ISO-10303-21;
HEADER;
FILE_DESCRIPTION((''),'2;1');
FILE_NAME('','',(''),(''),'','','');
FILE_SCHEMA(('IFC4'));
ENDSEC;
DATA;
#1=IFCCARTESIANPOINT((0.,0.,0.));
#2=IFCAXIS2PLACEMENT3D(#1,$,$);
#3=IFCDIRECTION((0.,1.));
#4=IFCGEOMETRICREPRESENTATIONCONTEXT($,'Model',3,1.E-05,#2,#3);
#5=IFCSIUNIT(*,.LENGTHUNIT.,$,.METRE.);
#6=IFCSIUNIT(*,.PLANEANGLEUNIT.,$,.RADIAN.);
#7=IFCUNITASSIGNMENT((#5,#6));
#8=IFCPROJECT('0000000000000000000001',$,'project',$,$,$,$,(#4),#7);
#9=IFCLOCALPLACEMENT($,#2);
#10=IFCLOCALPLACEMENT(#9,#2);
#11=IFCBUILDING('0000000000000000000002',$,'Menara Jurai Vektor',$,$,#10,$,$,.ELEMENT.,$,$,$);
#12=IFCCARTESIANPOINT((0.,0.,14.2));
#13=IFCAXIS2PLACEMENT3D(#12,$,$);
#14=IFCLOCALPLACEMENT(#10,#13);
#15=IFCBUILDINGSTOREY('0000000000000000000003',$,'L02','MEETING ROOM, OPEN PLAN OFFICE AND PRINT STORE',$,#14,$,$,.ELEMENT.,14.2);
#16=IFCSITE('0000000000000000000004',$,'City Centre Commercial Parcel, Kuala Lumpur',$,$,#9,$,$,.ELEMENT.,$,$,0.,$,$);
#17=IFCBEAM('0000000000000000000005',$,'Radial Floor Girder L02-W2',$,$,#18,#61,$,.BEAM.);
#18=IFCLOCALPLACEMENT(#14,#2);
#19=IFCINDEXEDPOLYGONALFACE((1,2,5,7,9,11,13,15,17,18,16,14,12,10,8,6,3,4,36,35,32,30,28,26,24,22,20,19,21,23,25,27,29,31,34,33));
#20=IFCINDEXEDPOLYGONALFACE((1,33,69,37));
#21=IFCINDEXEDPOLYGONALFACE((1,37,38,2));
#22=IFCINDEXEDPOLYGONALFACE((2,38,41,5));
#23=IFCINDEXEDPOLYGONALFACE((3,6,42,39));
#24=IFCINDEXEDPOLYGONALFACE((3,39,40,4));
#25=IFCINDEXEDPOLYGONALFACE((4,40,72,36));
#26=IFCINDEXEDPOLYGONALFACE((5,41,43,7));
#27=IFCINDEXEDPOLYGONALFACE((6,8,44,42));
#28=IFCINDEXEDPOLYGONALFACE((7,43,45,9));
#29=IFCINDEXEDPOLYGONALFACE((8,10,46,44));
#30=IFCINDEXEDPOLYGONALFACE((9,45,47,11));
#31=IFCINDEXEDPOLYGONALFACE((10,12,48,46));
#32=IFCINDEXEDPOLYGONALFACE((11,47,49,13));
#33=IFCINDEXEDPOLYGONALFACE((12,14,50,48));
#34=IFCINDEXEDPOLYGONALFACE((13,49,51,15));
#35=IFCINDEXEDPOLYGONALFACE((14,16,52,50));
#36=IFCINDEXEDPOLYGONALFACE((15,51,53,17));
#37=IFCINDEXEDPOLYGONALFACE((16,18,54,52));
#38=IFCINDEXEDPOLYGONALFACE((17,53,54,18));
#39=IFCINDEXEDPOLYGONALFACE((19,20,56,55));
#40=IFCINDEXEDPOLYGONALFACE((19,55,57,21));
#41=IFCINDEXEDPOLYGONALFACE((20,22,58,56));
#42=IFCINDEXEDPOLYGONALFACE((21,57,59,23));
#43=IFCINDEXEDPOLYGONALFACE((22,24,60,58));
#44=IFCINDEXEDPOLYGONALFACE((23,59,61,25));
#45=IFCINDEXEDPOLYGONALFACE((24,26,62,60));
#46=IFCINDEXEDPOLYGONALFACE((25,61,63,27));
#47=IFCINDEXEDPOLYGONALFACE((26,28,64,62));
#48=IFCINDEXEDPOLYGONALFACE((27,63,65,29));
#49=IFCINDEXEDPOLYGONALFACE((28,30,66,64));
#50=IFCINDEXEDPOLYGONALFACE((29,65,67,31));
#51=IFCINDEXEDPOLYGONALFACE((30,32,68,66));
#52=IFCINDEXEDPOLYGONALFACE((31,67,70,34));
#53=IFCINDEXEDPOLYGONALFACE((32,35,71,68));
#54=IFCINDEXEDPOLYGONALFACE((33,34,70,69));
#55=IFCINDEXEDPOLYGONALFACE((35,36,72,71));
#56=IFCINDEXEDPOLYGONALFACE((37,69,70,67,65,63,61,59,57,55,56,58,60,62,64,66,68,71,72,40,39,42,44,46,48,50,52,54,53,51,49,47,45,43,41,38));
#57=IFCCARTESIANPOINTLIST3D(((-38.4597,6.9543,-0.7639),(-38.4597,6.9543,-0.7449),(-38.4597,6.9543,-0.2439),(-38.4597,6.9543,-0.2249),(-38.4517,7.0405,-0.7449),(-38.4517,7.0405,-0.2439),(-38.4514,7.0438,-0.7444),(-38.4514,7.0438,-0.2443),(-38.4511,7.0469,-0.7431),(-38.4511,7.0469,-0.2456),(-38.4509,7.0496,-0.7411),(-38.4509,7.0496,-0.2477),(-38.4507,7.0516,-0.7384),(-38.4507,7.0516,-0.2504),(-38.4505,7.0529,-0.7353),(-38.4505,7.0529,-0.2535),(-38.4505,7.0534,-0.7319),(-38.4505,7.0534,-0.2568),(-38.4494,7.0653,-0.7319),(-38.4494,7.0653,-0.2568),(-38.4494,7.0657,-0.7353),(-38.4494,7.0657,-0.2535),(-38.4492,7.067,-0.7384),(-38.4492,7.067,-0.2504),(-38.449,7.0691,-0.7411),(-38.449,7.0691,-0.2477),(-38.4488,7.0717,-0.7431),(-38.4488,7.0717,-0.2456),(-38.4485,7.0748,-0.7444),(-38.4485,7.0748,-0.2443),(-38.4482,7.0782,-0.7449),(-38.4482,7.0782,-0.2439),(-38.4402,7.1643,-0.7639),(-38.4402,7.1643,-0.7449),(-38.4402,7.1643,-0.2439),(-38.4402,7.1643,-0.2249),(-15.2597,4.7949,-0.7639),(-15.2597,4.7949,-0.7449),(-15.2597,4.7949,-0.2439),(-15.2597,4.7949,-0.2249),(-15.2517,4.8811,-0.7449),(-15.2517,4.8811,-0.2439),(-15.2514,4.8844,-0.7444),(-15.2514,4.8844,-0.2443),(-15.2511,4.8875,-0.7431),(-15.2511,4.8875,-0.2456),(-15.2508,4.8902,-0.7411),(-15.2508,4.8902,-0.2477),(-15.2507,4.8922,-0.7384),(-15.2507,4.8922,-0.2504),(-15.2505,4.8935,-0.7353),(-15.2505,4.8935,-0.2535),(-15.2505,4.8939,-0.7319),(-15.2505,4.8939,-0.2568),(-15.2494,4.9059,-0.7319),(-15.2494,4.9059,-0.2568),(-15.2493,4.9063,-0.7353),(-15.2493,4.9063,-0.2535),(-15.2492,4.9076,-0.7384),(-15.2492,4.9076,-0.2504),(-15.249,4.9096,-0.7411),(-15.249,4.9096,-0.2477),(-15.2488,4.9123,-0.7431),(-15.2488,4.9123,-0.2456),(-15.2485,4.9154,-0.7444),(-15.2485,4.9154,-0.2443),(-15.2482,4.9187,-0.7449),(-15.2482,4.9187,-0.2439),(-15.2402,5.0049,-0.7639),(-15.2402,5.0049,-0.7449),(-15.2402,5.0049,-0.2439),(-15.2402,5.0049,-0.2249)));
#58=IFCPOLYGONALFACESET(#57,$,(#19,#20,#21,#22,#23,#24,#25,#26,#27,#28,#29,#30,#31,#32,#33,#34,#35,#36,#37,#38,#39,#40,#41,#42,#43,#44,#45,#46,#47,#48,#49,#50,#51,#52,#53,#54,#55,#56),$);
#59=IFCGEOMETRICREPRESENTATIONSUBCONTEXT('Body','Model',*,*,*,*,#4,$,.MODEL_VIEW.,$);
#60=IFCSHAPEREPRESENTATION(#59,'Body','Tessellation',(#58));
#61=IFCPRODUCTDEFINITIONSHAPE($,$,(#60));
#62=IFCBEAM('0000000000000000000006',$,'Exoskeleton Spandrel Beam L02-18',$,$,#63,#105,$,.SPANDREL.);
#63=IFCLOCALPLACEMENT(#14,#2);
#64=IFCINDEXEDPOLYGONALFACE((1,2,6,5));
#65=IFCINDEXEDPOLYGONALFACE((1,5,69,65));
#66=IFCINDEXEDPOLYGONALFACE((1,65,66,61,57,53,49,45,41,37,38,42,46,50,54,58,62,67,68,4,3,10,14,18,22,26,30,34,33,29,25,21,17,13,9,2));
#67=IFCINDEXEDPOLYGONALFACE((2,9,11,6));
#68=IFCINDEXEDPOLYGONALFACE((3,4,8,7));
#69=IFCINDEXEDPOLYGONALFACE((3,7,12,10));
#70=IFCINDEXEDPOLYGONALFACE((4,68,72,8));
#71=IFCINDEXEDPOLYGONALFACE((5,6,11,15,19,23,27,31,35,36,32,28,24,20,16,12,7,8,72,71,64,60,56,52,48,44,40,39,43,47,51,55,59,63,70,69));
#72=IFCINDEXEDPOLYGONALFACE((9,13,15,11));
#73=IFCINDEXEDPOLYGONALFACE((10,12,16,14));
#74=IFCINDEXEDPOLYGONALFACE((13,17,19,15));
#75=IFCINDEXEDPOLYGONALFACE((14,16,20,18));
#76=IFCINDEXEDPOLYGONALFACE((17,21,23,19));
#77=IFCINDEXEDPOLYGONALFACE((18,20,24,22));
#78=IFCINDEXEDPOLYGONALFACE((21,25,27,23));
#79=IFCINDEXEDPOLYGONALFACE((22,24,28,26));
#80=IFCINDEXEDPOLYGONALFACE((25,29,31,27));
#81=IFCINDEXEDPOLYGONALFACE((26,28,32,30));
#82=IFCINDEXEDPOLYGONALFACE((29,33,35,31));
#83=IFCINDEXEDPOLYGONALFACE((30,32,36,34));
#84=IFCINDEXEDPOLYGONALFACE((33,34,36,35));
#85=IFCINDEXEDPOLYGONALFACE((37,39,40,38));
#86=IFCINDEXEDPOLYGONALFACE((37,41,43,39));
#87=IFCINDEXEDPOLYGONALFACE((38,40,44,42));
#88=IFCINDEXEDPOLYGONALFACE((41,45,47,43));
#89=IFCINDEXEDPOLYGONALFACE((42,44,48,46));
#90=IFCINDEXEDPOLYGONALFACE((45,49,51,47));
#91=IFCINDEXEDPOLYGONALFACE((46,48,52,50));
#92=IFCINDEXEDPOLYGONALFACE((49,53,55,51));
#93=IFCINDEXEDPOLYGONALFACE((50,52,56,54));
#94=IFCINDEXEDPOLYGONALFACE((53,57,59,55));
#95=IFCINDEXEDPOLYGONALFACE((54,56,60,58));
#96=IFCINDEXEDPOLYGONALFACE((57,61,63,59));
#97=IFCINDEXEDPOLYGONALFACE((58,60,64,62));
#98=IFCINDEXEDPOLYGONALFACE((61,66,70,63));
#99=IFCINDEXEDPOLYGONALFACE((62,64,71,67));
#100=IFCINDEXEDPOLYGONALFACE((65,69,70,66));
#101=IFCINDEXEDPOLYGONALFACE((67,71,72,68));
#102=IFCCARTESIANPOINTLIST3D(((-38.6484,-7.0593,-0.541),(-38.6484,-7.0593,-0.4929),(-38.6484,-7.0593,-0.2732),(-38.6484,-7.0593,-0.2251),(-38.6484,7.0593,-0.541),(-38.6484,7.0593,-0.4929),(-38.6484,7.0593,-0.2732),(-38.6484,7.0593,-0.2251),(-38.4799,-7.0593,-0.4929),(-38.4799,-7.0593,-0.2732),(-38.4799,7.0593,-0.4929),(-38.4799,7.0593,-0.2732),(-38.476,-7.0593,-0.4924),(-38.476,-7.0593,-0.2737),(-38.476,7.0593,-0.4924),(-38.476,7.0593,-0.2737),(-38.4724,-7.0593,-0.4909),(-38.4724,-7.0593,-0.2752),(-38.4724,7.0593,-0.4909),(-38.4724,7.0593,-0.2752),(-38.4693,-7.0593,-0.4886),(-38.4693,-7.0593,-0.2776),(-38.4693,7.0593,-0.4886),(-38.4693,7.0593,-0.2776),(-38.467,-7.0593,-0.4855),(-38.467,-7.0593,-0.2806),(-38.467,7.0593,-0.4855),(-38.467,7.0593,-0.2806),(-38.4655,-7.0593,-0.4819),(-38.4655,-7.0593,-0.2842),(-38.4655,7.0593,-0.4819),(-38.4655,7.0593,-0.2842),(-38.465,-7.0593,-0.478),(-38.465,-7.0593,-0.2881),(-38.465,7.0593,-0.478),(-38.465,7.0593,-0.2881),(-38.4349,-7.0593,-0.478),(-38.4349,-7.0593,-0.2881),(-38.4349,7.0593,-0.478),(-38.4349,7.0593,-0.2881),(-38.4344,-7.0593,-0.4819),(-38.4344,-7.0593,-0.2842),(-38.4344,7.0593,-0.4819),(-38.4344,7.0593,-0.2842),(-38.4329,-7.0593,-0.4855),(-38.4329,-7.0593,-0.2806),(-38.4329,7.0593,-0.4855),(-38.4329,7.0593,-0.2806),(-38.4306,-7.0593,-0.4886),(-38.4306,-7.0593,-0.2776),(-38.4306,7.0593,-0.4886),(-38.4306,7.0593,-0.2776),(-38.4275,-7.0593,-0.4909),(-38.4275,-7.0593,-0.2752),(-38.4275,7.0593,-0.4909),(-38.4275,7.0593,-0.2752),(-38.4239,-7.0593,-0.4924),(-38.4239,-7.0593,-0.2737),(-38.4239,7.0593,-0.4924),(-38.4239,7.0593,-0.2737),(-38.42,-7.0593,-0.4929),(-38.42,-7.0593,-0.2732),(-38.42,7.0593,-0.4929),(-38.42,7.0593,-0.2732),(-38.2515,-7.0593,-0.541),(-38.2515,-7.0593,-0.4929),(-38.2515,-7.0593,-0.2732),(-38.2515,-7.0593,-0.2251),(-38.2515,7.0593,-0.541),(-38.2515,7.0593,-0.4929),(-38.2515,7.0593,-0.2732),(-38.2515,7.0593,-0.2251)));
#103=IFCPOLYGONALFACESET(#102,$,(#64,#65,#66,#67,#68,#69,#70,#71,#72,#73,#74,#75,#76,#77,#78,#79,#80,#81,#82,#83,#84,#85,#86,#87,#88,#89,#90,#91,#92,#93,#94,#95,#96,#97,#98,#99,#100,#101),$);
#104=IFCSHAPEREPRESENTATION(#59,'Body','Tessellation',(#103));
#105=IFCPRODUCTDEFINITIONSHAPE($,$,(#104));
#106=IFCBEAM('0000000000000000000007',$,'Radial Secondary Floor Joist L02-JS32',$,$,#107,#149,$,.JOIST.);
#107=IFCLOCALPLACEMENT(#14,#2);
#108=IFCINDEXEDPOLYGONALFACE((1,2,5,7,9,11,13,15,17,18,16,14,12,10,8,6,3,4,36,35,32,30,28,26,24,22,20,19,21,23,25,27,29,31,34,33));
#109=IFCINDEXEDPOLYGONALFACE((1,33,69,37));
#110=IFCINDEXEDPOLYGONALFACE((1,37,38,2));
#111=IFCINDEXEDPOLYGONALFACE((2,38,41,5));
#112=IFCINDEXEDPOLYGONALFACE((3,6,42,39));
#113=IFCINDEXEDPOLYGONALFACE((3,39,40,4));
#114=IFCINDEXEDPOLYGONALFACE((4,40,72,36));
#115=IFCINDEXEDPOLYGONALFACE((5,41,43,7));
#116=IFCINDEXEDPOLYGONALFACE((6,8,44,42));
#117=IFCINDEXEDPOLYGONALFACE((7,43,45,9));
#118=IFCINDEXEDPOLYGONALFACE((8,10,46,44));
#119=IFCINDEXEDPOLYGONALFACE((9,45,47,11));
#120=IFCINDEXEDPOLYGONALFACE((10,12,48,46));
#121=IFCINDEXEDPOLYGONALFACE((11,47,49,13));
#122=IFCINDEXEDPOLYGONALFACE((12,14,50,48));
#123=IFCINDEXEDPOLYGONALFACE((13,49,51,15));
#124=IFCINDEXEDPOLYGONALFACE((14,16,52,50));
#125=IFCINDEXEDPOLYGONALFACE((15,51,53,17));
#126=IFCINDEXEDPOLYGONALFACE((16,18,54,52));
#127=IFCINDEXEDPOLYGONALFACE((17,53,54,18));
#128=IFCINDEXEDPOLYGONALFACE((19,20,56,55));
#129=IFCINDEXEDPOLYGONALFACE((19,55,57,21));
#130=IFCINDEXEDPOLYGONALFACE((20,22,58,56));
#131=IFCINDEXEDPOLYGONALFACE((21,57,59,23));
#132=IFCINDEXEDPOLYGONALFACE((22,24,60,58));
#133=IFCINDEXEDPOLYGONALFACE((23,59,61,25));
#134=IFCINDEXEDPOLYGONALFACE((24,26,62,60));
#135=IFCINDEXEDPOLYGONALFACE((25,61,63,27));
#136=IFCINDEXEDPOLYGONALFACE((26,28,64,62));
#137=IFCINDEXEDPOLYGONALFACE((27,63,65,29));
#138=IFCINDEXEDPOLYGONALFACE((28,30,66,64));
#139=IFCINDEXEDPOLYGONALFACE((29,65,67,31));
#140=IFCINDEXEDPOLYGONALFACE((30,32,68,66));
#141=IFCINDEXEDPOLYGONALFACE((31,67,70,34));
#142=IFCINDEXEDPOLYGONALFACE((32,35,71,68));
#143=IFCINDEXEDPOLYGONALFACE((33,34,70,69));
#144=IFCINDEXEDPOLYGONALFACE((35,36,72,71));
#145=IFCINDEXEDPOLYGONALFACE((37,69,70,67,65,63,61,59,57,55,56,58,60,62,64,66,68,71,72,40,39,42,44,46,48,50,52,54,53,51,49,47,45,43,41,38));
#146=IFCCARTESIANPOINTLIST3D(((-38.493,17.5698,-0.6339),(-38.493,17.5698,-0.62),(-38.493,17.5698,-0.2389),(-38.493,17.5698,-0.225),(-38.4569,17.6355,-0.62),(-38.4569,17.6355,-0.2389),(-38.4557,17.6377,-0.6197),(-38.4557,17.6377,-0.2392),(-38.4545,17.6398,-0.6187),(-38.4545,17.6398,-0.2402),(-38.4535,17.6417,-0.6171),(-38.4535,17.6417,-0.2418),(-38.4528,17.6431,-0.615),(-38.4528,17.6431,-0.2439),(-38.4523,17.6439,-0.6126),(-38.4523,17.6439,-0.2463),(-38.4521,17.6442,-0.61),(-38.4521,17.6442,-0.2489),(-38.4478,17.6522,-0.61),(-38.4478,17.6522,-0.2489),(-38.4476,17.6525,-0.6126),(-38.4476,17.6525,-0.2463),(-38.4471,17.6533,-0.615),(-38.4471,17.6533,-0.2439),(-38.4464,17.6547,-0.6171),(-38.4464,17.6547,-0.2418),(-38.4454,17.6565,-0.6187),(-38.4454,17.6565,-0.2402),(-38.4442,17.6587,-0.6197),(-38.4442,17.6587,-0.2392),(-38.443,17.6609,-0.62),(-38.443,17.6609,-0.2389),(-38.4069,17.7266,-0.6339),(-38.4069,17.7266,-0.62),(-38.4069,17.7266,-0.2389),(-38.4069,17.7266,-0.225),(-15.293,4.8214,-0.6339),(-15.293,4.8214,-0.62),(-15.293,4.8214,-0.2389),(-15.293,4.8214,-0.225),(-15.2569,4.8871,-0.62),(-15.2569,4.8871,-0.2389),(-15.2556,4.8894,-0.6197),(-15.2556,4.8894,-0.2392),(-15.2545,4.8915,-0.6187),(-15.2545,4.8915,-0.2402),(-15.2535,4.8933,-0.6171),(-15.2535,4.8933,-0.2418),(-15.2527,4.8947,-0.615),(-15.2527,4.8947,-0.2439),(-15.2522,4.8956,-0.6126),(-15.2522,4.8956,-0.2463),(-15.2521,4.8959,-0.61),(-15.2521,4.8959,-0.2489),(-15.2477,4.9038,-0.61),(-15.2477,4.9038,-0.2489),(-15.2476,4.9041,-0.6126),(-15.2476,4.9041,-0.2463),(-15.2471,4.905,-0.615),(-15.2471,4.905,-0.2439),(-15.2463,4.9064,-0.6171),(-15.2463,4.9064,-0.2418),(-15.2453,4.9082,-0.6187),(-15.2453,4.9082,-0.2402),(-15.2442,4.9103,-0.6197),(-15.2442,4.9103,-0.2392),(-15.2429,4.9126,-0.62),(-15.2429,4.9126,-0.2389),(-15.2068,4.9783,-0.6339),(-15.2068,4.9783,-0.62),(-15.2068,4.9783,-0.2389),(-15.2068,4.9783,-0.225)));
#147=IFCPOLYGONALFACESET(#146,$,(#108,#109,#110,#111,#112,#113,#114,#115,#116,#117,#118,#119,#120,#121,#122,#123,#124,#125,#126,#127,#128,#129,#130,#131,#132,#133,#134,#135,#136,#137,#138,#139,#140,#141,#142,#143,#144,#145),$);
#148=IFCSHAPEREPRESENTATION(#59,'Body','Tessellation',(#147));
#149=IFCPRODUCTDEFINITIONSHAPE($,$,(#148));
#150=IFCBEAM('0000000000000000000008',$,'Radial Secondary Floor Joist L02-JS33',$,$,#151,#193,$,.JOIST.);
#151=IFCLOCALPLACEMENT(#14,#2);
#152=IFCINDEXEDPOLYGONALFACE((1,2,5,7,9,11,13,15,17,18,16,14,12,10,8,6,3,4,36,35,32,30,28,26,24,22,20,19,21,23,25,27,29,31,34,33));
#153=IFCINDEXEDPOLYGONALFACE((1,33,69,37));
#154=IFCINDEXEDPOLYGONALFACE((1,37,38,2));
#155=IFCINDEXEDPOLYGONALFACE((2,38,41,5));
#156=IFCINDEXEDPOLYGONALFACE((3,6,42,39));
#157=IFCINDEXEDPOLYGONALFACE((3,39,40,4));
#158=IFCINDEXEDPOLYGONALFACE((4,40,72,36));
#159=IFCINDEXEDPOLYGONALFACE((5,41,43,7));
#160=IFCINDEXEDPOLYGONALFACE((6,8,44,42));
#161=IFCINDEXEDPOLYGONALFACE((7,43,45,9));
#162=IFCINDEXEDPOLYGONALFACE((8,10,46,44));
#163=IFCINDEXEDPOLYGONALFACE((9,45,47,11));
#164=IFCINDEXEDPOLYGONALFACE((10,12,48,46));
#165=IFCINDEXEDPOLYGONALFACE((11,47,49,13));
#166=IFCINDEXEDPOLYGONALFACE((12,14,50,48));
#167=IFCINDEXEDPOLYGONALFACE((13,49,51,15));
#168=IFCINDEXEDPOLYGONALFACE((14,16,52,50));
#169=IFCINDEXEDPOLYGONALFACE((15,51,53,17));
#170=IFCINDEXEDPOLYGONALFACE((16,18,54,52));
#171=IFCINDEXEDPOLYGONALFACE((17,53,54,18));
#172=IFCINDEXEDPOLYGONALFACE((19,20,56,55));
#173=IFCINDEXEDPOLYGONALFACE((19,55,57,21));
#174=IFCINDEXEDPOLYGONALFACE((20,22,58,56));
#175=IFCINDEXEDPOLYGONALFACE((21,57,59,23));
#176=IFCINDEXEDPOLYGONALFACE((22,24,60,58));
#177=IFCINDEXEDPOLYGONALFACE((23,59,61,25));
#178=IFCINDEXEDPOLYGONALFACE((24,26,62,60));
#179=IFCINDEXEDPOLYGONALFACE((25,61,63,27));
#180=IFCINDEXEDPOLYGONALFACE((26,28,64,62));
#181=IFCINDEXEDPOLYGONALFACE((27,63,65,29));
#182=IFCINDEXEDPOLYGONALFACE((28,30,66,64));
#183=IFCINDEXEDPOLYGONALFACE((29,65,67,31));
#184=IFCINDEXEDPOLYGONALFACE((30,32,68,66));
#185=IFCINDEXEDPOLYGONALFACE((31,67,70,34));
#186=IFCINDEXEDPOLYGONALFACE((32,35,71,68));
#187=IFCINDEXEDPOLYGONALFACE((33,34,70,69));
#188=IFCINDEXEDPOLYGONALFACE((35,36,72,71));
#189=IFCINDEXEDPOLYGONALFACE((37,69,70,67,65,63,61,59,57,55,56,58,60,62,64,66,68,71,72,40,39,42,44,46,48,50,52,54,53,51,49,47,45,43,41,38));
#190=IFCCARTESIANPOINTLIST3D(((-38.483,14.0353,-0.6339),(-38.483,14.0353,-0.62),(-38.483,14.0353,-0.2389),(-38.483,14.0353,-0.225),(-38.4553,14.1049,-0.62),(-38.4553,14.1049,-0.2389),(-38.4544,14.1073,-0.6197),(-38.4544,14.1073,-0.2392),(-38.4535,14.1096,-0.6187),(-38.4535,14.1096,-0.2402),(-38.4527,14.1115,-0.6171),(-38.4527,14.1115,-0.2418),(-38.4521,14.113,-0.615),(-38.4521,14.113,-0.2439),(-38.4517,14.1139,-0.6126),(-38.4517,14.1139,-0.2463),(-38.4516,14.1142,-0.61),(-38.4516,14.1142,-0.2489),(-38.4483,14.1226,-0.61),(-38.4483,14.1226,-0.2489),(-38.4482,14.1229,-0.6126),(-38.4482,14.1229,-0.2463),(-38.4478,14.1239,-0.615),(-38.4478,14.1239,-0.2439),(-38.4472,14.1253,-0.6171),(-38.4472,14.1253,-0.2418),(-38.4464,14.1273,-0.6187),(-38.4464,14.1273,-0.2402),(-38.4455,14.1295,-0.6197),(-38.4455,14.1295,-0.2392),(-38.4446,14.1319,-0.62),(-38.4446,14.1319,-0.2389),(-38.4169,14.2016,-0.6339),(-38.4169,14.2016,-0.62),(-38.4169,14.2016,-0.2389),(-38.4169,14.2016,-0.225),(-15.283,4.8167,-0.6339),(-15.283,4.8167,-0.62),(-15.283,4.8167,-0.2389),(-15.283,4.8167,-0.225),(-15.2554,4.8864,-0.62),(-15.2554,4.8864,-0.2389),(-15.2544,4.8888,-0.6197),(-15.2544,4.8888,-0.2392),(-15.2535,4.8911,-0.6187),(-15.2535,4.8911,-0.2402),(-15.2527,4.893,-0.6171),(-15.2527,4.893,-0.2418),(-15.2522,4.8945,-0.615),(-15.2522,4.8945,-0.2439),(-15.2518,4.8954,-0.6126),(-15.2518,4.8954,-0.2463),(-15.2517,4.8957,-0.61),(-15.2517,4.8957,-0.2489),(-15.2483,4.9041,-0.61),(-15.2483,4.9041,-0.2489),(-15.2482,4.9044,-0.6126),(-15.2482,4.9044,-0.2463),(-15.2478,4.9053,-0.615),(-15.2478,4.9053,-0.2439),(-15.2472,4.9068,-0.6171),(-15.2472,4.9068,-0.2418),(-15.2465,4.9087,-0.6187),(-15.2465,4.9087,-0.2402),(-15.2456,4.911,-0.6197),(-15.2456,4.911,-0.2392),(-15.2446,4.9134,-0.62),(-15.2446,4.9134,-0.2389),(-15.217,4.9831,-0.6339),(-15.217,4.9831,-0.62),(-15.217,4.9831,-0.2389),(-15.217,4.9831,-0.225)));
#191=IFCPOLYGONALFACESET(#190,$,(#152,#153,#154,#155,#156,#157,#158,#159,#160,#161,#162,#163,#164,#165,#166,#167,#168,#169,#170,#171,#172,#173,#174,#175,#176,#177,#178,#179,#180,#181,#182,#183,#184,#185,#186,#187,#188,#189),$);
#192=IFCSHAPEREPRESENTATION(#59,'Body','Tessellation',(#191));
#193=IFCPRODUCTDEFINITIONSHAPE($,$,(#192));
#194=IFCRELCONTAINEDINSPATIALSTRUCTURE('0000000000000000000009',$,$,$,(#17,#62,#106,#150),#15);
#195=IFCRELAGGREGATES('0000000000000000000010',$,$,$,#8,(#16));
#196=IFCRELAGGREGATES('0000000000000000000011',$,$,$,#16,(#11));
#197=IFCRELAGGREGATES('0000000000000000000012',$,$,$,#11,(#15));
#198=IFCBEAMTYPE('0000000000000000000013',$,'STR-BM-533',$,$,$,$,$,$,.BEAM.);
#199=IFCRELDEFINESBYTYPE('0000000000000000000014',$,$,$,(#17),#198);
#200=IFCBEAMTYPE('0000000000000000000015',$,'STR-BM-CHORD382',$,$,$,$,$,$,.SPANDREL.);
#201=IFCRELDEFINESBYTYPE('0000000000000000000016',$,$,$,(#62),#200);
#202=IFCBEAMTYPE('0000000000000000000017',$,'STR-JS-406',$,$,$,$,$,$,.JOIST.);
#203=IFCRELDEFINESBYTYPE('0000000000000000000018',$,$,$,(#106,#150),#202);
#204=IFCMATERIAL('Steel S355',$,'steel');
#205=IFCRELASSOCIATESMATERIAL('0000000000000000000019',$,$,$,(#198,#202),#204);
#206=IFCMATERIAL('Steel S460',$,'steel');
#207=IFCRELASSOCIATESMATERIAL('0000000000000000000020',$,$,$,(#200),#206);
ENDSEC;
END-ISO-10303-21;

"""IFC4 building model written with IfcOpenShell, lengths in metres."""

from ifc_helpers import new_model, si_unit, direction, frame, origin, origin_2d, place, context, subcontext, project, spatial, i_section, extrude, material, material_profile, profile_set, type_object, element, save


model = new_model("IFC4")

# Units and contexts
model_context = context("Model", 3, precision=1e-05, world=origin(), true_north=direction((0.0, 1.0)))
body_context = subcontext(model_context, "Body", "Model", "MODEL_VIEW")
ifc_project = project(units=[si_unit("LENGTHUNIT", "METRE"), si_unit("PLANEANGLEUNIT", "RADIAN")], contexts=[model_context])

# Site, building, storey
site_placement = place(None, origin())
site = spatial("IfcSite", under=ifc_project, at=site_placement, Name="City Centre Commercial Parcel, Kuala Lumpur", CompositionType="ELEMENT", RefElevation=0.0)
building_placement = place(site_placement, origin())
building = spatial("IfcBuilding", under=site, at=building_placement, Name="Menara Jurai Vektor", CompositionType="ELEMENT")
storey_placement = place(building_placement, frame((0.0, 0.0, 14.2)))
storey = spatial("IfcBuildingStorey", under=building, at=storey_placement, Name="L02", Description="MEETING ROOM, OPEN PLAN OFFICE AND PRINT STORE", CompositionType="ELEMENT", Elevation=14.2)

# Shared definitions
ifc_material_1 = material(Name="Steel S460", Category="steel")

# Beams
ifc_material_2 = material(Name="Steel S355", Category="steel")
ifc_material_profile_1 = material_profile(ifc_material_2, i_section(OverallWidth=0.2109, OverallDepth=0.5391, WebThickness=0.012, FlangeThickness=0.019, FilletRadius=0.0129, at=origin_2d()), Name="UKB 533x210x109")
ifc_profile_set_1 = profile_set([ifc_material_profile_1], Name="Steel S355")
beam_type_1 = type_object("IfcBeamType", Name="STR-BM-533", PredefinedType="BEAM", material=ifc_profile_set_1)
beam_1_placement = place(storey_placement, frame((-38.45, 7.0593, -0.4944), z_axis=(0.995696, -0.092678, 0.0), x_axis=(0.092678, 0.995696, 0.0)))
element("IfcBeam", 1, at=beam_1_placement, inside=storey, type_object=beam_type_1, Name="Radial Floor Girder L02-W2", PredefinedType="BEAM", context=body_context, shape_type="SweptSolid", body=[
    extrude(i_section(OverallWidth=0.2109, OverallDepth=0.5391, WebThickness=0.012, FlangeThickness=0.019, FilletRadius=0.0129, at=origin_2d()), origin(), (0.0, 0.0, 1.0), 23.3003),
])
ifc_material_profile_2 = material_profile(ifc_material_1, i_section(OverallWidth=0.397, OverallDepth=0.3159, WebThickness=0.03, FlangeThickness=0.0481, FilletRadius=0.0149, at=origin_2d()), Name="HD 400x382")
ifc_profile_set_2 = profile_set([ifc_material_profile_2], Name="Steel S460")
beam_type_2 = type_object("IfcBeamType", Name="STR-BM-CHORD382", PredefinedType="SPANDREL", material=ifc_profile_set_2)
beam_2_placement = place(storey_placement, frame((-38.45, 7.0593, -0.3831), z_axis=(0.0, -1.0, 0.0), x_axis=(1.0, 0.0, 0.0)))
element("IfcBeam", 2, at=beam_2_placement, inside=storey, type_object=beam_type_2, Name="Exoskeleton Spandrel Beam L02-18", PredefinedType="SPANDREL", context=body_context, shape_type="SweptSolid", body=[
    extrude(i_section(OverallWidth=0.397, OverallDepth=0.3159, WebThickness=0.03, FlangeThickness=0.0481, FilletRadius=0.0149, at=origin_2d()), origin(), (0.0, 0.0, 1.0), 14.1187),
])
ifc_material_profile_3 = material_profile(ifc_material_2, i_section(OverallWidth=0.179, OverallDepth=0.4089, WebThickness=0.009, FlangeThickness=0.0139, FilletRadius=0.01, at=origin_2d()), Name="UKB 406x178x67")
ifc_profile_set_3 = profile_set([ifc_material_profile_3], Name="Steel S355")
beam_type_3 = type_object("IfcBeamType", Name="STR-JS-406", PredefinedType="JOIST", material=ifc_profile_set_3)
beam_3_placement = place(storey_placement, frame((-38.45, 17.6482, -0.4294), z_axis=(0.876402, -0.48158, 0.0), x_axis=(0.48158, 0.876402, 0.0)))
element("IfcBeam", 3, at=beam_3_placement, inside=storey, type_object=beam_type_3, Name="Radial Secondary Floor Joist L02-JS32", PredefinedType="JOIST", context=body_context, shape_type="SweptSolid", body=[
    extrude(i_section(OverallWidth=0.179, OverallDepth=0.4089, WebThickness=0.009, FlangeThickness=0.0139, FilletRadius=0.01, at=origin_2d()), origin(), (0.0, 0.0, 1.0), 26.4719),
])
beam_4_placement = place(storey_placement, frame((-38.45, 14.1184, -0.4294), z_axis=(0.929323, -0.369267, 0.0), x_axis=(0.369267, 0.929323, 0.0)))
element("IfcBeam", 4, at=beam_4_placement, inside=storey, type_object=beam_type_3, Name="Radial Secondary Floor Joist L02-JS33", PredefinedType="JOIST", context=body_context, shape_type="SweptSolid", body=[
    extrude(i_section(OverallWidth=0.179, OverallDepth=0.4089, WebThickness=0.009, FlangeThickness=0.0139, FilletRadius=0.01, at=origin_2d()), origin(), (0.0, 0.0, 1.0), 24.9644),
])

save(model, "model.ifc")
